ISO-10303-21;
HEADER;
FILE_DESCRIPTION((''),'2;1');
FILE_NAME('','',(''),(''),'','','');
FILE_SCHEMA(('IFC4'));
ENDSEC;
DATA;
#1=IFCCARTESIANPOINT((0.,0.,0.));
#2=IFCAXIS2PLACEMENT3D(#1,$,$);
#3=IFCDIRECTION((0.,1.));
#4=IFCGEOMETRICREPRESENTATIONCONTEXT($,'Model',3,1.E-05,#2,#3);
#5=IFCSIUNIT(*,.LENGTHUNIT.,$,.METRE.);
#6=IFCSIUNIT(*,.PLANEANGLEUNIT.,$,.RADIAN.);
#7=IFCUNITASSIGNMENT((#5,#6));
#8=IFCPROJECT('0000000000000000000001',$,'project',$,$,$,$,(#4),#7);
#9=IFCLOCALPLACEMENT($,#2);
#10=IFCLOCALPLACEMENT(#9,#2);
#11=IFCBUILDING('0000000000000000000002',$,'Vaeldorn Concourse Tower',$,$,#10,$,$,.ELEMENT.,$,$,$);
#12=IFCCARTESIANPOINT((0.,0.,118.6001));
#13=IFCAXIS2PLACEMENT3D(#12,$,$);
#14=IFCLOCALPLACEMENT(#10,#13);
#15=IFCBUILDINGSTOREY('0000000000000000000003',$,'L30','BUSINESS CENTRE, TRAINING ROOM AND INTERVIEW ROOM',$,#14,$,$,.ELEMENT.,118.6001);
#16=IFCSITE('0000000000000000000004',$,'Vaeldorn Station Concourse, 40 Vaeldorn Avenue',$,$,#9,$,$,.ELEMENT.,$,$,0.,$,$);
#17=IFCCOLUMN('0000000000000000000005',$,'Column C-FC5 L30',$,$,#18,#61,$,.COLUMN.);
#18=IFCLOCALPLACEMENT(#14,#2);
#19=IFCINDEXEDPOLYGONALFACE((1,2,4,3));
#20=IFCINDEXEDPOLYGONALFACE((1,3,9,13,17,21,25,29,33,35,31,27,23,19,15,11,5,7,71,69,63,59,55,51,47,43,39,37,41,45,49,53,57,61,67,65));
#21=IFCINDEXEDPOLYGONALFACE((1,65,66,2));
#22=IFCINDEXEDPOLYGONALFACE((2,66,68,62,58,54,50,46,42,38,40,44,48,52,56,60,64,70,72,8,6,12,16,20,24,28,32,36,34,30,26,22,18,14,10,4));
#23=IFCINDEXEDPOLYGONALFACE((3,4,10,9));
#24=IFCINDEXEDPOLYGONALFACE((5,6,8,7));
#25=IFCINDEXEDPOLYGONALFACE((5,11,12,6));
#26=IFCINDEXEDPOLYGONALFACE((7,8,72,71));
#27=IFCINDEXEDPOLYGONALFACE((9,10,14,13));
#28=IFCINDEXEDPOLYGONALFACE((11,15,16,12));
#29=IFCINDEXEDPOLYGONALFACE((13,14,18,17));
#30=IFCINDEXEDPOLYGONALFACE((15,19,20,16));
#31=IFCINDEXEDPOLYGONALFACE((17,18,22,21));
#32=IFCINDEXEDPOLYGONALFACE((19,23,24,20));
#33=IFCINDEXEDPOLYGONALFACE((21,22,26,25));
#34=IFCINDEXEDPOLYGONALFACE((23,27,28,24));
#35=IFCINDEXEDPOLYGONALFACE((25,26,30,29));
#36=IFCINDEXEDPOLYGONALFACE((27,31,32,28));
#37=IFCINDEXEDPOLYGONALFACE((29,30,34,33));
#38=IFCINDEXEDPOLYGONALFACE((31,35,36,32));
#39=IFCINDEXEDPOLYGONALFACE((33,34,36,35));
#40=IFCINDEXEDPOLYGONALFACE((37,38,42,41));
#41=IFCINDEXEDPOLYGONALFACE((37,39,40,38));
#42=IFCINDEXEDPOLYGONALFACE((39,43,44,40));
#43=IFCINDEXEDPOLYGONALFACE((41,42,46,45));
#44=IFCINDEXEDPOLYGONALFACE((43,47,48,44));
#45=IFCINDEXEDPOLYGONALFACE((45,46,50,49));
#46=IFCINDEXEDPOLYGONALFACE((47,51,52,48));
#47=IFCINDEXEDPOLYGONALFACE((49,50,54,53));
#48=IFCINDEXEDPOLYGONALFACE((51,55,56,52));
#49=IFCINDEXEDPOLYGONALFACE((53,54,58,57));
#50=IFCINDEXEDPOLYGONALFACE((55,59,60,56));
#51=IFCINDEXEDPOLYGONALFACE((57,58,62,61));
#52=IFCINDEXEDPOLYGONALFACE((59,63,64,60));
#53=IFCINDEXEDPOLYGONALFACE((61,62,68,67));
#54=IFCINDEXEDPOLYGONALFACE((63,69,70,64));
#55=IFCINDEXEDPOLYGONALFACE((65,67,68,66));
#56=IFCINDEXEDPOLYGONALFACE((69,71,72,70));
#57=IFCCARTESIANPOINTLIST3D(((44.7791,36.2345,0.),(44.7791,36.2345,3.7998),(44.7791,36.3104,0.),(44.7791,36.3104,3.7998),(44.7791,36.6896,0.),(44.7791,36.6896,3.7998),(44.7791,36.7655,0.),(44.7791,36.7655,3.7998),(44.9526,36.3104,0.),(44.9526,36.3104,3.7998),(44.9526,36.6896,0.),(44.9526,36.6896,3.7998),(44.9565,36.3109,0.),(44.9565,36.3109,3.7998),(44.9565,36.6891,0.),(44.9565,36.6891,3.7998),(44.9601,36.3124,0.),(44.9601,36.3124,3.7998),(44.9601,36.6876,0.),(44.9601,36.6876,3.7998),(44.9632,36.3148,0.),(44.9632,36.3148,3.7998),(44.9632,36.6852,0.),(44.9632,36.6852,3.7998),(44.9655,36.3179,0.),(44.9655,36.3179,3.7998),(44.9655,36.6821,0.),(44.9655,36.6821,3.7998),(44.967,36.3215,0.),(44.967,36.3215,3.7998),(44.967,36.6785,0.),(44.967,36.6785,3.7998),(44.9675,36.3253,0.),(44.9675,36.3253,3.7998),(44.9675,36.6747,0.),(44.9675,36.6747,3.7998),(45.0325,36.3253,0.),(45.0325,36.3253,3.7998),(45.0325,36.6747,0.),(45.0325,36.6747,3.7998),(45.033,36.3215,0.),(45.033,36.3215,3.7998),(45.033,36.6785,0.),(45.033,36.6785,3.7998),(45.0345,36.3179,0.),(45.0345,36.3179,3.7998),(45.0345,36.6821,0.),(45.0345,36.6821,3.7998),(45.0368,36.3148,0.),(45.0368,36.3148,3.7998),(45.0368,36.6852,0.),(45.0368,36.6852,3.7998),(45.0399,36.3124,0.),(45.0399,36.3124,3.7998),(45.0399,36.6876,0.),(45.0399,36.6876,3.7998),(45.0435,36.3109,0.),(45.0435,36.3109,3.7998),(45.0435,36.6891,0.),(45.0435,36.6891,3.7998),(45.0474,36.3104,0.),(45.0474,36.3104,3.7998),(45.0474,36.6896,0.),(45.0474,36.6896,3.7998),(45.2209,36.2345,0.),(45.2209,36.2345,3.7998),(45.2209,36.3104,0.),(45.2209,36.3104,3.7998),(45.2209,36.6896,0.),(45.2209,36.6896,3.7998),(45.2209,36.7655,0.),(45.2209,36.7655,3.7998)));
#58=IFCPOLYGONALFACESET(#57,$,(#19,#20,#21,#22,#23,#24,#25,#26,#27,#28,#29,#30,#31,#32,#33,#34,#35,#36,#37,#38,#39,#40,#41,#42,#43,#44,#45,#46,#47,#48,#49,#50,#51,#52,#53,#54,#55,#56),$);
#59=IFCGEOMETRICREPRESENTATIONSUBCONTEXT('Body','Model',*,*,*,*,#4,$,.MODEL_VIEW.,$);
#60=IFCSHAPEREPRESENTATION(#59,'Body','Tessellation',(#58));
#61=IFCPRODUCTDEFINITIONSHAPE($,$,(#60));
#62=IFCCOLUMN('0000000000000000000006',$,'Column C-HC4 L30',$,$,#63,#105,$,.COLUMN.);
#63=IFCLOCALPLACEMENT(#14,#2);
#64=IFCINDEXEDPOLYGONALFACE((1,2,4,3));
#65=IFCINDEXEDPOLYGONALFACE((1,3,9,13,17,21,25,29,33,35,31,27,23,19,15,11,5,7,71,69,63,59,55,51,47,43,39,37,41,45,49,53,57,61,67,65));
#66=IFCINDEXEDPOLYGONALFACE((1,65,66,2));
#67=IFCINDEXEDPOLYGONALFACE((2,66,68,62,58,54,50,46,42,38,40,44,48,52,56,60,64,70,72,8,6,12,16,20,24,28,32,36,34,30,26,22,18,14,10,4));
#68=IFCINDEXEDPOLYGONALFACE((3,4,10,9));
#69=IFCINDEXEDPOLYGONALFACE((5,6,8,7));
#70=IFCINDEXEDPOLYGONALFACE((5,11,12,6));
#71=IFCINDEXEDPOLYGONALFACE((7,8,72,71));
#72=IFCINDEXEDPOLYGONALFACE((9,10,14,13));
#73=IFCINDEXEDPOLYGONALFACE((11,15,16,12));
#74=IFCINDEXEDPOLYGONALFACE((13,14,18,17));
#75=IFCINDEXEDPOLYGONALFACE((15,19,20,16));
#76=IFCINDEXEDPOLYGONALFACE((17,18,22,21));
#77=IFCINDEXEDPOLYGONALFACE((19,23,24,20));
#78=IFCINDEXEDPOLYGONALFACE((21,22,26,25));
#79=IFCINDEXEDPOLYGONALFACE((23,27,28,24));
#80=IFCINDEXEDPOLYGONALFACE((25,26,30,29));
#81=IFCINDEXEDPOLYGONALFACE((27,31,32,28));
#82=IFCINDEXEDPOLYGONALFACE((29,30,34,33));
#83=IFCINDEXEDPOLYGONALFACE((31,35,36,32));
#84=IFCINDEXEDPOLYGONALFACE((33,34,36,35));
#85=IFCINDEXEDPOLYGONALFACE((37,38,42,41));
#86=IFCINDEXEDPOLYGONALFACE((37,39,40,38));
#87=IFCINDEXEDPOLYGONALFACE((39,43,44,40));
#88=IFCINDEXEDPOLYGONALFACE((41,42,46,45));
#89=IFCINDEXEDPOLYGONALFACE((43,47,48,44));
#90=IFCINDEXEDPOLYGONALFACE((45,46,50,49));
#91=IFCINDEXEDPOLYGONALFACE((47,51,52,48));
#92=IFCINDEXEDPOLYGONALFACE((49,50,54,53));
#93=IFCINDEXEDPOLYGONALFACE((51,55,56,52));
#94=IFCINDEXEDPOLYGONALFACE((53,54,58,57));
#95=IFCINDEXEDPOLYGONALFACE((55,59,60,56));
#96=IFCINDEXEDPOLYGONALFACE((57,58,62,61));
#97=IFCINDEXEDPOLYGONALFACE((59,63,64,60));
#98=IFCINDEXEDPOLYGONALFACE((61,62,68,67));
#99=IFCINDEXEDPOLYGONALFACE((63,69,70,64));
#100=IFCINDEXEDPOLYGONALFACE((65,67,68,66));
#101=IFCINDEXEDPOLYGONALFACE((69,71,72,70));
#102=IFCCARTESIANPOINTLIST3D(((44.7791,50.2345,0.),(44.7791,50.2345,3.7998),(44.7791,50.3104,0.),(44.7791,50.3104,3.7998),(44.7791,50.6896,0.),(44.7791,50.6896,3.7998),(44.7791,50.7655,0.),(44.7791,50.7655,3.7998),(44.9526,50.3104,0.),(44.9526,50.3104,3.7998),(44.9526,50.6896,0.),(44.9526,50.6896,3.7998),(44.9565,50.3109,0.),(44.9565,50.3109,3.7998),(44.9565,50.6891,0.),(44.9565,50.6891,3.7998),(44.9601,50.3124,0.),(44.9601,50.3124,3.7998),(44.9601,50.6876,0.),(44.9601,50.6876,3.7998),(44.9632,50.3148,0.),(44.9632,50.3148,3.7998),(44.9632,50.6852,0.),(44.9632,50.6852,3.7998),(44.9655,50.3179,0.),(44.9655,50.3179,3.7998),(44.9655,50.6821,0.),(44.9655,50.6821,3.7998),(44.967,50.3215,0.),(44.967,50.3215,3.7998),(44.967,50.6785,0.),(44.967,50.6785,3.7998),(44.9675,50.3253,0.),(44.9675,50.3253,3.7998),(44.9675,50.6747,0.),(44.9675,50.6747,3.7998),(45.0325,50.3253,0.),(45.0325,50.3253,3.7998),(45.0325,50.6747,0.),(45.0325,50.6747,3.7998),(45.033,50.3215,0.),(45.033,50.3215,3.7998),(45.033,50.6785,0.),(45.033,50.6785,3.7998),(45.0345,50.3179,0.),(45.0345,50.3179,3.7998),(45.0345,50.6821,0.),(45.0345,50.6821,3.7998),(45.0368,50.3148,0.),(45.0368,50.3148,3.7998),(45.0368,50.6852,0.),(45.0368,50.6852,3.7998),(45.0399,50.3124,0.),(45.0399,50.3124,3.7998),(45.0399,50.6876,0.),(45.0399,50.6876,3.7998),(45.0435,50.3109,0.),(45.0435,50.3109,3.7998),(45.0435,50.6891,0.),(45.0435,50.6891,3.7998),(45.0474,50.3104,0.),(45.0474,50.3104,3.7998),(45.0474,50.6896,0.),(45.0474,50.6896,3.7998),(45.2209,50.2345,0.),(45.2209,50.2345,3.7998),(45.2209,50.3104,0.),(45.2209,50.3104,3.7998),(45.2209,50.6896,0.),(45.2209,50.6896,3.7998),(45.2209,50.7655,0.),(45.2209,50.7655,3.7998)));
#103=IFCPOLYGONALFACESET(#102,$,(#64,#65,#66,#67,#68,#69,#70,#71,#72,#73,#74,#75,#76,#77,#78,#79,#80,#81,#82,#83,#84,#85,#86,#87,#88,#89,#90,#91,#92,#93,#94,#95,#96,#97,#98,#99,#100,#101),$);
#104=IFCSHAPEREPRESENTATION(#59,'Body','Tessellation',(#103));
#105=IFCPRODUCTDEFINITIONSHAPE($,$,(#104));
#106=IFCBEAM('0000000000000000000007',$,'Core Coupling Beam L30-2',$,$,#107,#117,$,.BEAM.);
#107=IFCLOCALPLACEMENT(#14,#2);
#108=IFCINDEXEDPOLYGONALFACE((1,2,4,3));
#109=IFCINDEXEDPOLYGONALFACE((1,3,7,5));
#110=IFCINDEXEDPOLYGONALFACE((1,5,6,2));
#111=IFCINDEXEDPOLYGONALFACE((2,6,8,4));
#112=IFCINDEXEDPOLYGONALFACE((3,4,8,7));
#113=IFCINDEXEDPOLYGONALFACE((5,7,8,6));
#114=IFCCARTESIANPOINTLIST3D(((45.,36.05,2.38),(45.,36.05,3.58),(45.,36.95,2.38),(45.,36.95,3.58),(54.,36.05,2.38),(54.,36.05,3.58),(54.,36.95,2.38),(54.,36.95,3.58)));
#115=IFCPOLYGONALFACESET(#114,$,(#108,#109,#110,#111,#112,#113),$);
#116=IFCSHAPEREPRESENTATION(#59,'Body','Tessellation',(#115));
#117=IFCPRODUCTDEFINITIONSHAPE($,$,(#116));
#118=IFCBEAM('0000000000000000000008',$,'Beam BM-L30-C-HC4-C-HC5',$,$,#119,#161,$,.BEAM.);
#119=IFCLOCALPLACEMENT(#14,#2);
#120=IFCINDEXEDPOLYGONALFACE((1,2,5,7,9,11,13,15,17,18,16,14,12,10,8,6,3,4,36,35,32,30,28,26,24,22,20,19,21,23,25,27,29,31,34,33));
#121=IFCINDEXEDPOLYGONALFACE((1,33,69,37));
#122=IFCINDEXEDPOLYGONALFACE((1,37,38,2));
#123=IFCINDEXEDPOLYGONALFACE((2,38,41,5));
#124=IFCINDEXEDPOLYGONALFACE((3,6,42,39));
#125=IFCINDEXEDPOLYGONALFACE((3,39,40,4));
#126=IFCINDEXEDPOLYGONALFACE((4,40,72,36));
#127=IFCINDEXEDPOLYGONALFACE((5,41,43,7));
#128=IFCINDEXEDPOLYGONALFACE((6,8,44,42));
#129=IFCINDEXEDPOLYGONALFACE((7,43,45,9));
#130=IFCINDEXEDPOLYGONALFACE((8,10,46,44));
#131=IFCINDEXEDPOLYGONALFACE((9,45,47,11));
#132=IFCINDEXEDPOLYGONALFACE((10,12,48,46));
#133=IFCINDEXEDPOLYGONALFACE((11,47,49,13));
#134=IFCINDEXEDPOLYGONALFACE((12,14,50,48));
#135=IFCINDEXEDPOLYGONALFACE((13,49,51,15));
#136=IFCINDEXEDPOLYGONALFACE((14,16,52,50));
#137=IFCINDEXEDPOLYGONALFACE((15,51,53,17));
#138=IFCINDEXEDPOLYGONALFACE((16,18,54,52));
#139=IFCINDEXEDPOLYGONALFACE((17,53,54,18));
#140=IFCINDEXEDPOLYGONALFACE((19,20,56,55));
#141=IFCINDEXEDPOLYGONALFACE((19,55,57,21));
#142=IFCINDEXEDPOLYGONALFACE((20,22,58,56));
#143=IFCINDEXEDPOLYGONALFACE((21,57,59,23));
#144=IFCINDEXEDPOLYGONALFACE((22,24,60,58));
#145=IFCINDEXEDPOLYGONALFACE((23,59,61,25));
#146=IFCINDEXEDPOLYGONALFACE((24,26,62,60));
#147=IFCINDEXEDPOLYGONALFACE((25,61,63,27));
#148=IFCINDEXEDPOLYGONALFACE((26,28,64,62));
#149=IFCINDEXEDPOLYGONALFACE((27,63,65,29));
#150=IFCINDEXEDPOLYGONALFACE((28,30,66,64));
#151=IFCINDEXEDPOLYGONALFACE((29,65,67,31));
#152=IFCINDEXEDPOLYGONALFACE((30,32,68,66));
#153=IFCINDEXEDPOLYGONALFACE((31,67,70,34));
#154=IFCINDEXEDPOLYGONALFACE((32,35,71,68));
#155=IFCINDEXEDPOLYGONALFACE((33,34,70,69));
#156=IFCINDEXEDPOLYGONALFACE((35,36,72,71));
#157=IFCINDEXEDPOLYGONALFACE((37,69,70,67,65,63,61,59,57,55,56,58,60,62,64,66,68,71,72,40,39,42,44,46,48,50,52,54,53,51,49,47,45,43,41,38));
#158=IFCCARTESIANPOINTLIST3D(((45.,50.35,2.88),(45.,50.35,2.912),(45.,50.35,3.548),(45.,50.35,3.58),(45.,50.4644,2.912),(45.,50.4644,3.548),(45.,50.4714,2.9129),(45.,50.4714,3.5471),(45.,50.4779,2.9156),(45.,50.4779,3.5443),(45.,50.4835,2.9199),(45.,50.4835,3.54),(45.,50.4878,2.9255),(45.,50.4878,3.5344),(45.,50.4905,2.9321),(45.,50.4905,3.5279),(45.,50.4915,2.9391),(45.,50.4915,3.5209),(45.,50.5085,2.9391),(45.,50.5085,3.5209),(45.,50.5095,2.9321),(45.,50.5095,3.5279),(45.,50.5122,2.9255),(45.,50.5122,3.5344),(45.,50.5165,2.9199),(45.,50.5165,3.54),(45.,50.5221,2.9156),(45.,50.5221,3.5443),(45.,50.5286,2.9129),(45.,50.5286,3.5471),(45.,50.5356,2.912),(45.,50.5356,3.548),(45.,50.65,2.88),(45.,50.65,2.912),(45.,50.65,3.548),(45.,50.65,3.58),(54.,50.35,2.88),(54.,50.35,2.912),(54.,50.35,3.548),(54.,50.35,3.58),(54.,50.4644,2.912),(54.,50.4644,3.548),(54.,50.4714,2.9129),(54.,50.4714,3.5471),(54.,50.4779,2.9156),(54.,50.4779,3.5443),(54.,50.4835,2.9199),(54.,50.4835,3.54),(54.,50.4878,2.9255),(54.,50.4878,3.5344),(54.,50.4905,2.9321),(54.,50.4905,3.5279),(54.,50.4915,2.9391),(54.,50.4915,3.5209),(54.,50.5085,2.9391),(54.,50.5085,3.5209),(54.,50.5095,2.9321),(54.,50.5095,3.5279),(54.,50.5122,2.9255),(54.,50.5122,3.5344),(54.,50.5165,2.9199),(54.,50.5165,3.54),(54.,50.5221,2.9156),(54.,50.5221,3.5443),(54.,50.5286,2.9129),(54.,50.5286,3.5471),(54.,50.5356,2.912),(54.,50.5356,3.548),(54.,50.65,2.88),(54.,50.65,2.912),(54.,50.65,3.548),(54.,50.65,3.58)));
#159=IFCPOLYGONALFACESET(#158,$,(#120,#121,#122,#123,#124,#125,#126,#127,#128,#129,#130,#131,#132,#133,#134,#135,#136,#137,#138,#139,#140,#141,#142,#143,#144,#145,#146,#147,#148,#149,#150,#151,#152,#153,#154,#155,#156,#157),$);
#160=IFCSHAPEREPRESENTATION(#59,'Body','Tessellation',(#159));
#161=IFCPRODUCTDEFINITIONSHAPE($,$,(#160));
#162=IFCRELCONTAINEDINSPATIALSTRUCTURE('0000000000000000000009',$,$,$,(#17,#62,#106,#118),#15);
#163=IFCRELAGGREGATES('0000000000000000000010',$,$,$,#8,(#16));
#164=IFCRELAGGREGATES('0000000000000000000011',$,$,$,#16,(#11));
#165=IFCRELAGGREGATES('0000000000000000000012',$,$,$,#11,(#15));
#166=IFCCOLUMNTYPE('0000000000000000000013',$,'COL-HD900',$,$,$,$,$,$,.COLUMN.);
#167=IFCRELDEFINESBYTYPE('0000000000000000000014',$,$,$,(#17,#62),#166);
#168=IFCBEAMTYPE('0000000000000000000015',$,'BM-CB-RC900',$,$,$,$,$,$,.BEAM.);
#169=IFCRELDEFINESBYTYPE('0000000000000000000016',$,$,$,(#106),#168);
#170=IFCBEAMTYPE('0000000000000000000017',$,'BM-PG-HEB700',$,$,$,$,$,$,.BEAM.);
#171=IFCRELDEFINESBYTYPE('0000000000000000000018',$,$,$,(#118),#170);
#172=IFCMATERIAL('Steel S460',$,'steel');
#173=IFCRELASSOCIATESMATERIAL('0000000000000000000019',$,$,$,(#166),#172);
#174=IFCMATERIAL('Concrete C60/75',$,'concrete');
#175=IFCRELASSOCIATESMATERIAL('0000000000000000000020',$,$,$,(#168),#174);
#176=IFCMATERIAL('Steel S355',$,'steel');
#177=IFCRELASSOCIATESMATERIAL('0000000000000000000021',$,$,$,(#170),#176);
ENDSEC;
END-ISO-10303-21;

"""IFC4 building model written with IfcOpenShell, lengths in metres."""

from ifc_helpers import new_model, si_unit, direction, frame, origin, origin_2d, place, context, subcontext, project, spatial, rectangle, i_section, extrude, source, transform, mapped, material, material_profile, profile_set, type_object, element, save


model = new_model("IFC4")

# Units and contexts
model_context = context("Model", 3, precision=1e-05, world=origin(), true_north=direction((0.0, 1.0)))
body_context = subcontext(model_context, "Body", "Model", "MODEL_VIEW")
ifc_project = project(units=[si_unit("LENGTHUNIT", "METRE"), si_unit("PLANEANGLEUNIT", "RADIAN")], contexts=[model_context])

# Site, building, storey
site_placement = place(None, origin())
site = spatial("IfcSite", under=ifc_project, at=site_placement, Name="Vaeldorn Station Concourse, 40 Vaeldorn Avenue", CompositionType="ELEMENT", RefElevation=0.0)
building_placement = place(site_placement, origin())
building = spatial("IfcBuilding", under=site, at=building_placement, Name="Vaeldorn Concourse Tower", CompositionType="ELEMENT")
storey_placement = place(building_placement, frame((0.0, 0.0, 118.6001)))
storey = spatial("IfcBuildingStorey", under=building, at=storey_placement, Name="L30", Description="BUSINESS CENTRE, TRAINING ROOM AND INTERVIEW ROOM", CompositionType="ELEMENT", Elevation=118.6001)

# Columns
ifc_material_1 = material(Name="Steel S460", Category="steel")
ifc_material_profile_1 = material_profile(ifc_material_1, i_section(OverallWidth=0.4419, OverallDepth=0.531, WebThickness=0.0649, FlangeThickness=0.0759, FilletRadius=0.0149, at=origin_2d()), Name="HD 400x900")
ifc_profile_set_1 = profile_set([ifc_material_profile_1], Name="Steel S460")
column_type = type_object("IfcColumnType", Name="COL-HD900", PredefinedType="COLUMN", material=ifc_profile_set_1)
shared_shape_1 = source(origin(), body_context, "Body", "SweptSolid", [
    extrude(i_section(OverallWidth=0.4419, OverallDepth=0.531, WebThickness=0.0649, FlangeThickness=0.0759, FilletRadius=0.0149, at=origin_2d()), origin(), (0.0, 0.0, 1.0), 3.7998),
])
for number, where, z_axis, x_axis, name in (
    (1, (45.0, 36.5, 0.0), (0.0, 0.0, 1.0), (1.0, 0.0, 0.0), "Column C-FC5 L30"),
    (2, (45.0, 50.5, 0.0), (0.0, 0.0, 1.0), (1.0, 0.0, 0.0), "Column C-HC4 L30"),
):
    element("IfcColumn", number, at=place(storey_placement, frame(where, z_axis=z_axis, x_axis=x_axis)), inside=storey, type_object=column_type, Name=name, PredefinedType="COLUMN", context=body_context, shape_type="MappedRepresentation", body=[
        mapped(shared_shape_1, transform((0.0, 0.0, 0.0), scale=1.0)),
    ])

# Beams
ifc_material_2 = material(Name="Concrete C60/75", Category="concrete")
ifc_material_profile_2 = material_profile(ifc_material_2, rectangle(XDim=0.8999, YDim=1.2, at=origin_2d()), Name="RC 900x1200")
ifc_profile_set_2 = profile_set([ifc_material_profile_2], Name="Concrete C60/75")
beam_type_1 = type_object("IfcBeamType", Name="BM-CB-RC900", PredefinedType="BEAM", material=ifc_profile_set_2)
shared_shape_2 = source(origin(), body_context, "Body", "SweptSolid", [
    extrude(rectangle(XDim=0.8999, YDim=1.2, at=origin_2d()), origin(), (0.0, 0.0, 1.0), 9.0),
])
beam_1_placement = place(storey_placement, frame((45.0, 36.5, 2.98), z_axis=(1.0, 0.0, 0.0), x_axis=(0.0, 1.0, 0.0)))
element("IfcBeam", 3, at=beam_1_placement, inside=storey, type_object=beam_type_1, Name="Core Coupling Beam L30-2", PredefinedType="BEAM", context=body_context, shape_type="MappedRepresentation", body=[
    mapped(shared_shape_2, transform((0.0, 0.0, 0.0), scale=1.0)),
])
ifc_material_3 = material(Name="Steel S355", Category="steel")
ifc_material_profile_3 = material_profile(ifc_material_3, i_section(OverallWidth=0.3, OverallDepth=0.7, WebThickness=0.0171, FlangeThickness=0.032, FilletRadius=0.0271, at=origin_2d()), Name="HEB 700")
ifc_profile_set_3 = profile_set([ifc_material_profile_3], Name="Steel S355")
beam_type_2 = type_object("IfcBeamType", Name="BM-PG-HEB700", PredefinedType="BEAM", material=ifc_profile_set_3)
shared_shape_3 = source(origin(), body_context, "Body", "SweptSolid", [
    extrude(i_section(OverallWidth=0.3, OverallDepth=0.7, WebThickness=0.0171, FlangeThickness=0.032, FilletRadius=0.0271, at=origin_2d()), origin(), (0.0, 0.0, 1.0), 9.0),
])
beam_2_placement = place(storey_placement, frame((45.0, 50.5, 3.23), z_axis=(1.0, 0.0, 0.0), x_axis=(0.0, 1.0, 0.0)))
element("IfcBeam", 4, at=beam_2_placement, inside=storey, type_object=beam_type_2, Name="Beam BM-L30-C-HC4-C-HC5", PredefinedType="BEAM", context=body_context, shape_type="MappedRepresentation", body=[
    mapped(shared_shape_3, transform((0.0, 0.0, 0.0), scale=1.0)),
])

save(model, "model.ifc")
